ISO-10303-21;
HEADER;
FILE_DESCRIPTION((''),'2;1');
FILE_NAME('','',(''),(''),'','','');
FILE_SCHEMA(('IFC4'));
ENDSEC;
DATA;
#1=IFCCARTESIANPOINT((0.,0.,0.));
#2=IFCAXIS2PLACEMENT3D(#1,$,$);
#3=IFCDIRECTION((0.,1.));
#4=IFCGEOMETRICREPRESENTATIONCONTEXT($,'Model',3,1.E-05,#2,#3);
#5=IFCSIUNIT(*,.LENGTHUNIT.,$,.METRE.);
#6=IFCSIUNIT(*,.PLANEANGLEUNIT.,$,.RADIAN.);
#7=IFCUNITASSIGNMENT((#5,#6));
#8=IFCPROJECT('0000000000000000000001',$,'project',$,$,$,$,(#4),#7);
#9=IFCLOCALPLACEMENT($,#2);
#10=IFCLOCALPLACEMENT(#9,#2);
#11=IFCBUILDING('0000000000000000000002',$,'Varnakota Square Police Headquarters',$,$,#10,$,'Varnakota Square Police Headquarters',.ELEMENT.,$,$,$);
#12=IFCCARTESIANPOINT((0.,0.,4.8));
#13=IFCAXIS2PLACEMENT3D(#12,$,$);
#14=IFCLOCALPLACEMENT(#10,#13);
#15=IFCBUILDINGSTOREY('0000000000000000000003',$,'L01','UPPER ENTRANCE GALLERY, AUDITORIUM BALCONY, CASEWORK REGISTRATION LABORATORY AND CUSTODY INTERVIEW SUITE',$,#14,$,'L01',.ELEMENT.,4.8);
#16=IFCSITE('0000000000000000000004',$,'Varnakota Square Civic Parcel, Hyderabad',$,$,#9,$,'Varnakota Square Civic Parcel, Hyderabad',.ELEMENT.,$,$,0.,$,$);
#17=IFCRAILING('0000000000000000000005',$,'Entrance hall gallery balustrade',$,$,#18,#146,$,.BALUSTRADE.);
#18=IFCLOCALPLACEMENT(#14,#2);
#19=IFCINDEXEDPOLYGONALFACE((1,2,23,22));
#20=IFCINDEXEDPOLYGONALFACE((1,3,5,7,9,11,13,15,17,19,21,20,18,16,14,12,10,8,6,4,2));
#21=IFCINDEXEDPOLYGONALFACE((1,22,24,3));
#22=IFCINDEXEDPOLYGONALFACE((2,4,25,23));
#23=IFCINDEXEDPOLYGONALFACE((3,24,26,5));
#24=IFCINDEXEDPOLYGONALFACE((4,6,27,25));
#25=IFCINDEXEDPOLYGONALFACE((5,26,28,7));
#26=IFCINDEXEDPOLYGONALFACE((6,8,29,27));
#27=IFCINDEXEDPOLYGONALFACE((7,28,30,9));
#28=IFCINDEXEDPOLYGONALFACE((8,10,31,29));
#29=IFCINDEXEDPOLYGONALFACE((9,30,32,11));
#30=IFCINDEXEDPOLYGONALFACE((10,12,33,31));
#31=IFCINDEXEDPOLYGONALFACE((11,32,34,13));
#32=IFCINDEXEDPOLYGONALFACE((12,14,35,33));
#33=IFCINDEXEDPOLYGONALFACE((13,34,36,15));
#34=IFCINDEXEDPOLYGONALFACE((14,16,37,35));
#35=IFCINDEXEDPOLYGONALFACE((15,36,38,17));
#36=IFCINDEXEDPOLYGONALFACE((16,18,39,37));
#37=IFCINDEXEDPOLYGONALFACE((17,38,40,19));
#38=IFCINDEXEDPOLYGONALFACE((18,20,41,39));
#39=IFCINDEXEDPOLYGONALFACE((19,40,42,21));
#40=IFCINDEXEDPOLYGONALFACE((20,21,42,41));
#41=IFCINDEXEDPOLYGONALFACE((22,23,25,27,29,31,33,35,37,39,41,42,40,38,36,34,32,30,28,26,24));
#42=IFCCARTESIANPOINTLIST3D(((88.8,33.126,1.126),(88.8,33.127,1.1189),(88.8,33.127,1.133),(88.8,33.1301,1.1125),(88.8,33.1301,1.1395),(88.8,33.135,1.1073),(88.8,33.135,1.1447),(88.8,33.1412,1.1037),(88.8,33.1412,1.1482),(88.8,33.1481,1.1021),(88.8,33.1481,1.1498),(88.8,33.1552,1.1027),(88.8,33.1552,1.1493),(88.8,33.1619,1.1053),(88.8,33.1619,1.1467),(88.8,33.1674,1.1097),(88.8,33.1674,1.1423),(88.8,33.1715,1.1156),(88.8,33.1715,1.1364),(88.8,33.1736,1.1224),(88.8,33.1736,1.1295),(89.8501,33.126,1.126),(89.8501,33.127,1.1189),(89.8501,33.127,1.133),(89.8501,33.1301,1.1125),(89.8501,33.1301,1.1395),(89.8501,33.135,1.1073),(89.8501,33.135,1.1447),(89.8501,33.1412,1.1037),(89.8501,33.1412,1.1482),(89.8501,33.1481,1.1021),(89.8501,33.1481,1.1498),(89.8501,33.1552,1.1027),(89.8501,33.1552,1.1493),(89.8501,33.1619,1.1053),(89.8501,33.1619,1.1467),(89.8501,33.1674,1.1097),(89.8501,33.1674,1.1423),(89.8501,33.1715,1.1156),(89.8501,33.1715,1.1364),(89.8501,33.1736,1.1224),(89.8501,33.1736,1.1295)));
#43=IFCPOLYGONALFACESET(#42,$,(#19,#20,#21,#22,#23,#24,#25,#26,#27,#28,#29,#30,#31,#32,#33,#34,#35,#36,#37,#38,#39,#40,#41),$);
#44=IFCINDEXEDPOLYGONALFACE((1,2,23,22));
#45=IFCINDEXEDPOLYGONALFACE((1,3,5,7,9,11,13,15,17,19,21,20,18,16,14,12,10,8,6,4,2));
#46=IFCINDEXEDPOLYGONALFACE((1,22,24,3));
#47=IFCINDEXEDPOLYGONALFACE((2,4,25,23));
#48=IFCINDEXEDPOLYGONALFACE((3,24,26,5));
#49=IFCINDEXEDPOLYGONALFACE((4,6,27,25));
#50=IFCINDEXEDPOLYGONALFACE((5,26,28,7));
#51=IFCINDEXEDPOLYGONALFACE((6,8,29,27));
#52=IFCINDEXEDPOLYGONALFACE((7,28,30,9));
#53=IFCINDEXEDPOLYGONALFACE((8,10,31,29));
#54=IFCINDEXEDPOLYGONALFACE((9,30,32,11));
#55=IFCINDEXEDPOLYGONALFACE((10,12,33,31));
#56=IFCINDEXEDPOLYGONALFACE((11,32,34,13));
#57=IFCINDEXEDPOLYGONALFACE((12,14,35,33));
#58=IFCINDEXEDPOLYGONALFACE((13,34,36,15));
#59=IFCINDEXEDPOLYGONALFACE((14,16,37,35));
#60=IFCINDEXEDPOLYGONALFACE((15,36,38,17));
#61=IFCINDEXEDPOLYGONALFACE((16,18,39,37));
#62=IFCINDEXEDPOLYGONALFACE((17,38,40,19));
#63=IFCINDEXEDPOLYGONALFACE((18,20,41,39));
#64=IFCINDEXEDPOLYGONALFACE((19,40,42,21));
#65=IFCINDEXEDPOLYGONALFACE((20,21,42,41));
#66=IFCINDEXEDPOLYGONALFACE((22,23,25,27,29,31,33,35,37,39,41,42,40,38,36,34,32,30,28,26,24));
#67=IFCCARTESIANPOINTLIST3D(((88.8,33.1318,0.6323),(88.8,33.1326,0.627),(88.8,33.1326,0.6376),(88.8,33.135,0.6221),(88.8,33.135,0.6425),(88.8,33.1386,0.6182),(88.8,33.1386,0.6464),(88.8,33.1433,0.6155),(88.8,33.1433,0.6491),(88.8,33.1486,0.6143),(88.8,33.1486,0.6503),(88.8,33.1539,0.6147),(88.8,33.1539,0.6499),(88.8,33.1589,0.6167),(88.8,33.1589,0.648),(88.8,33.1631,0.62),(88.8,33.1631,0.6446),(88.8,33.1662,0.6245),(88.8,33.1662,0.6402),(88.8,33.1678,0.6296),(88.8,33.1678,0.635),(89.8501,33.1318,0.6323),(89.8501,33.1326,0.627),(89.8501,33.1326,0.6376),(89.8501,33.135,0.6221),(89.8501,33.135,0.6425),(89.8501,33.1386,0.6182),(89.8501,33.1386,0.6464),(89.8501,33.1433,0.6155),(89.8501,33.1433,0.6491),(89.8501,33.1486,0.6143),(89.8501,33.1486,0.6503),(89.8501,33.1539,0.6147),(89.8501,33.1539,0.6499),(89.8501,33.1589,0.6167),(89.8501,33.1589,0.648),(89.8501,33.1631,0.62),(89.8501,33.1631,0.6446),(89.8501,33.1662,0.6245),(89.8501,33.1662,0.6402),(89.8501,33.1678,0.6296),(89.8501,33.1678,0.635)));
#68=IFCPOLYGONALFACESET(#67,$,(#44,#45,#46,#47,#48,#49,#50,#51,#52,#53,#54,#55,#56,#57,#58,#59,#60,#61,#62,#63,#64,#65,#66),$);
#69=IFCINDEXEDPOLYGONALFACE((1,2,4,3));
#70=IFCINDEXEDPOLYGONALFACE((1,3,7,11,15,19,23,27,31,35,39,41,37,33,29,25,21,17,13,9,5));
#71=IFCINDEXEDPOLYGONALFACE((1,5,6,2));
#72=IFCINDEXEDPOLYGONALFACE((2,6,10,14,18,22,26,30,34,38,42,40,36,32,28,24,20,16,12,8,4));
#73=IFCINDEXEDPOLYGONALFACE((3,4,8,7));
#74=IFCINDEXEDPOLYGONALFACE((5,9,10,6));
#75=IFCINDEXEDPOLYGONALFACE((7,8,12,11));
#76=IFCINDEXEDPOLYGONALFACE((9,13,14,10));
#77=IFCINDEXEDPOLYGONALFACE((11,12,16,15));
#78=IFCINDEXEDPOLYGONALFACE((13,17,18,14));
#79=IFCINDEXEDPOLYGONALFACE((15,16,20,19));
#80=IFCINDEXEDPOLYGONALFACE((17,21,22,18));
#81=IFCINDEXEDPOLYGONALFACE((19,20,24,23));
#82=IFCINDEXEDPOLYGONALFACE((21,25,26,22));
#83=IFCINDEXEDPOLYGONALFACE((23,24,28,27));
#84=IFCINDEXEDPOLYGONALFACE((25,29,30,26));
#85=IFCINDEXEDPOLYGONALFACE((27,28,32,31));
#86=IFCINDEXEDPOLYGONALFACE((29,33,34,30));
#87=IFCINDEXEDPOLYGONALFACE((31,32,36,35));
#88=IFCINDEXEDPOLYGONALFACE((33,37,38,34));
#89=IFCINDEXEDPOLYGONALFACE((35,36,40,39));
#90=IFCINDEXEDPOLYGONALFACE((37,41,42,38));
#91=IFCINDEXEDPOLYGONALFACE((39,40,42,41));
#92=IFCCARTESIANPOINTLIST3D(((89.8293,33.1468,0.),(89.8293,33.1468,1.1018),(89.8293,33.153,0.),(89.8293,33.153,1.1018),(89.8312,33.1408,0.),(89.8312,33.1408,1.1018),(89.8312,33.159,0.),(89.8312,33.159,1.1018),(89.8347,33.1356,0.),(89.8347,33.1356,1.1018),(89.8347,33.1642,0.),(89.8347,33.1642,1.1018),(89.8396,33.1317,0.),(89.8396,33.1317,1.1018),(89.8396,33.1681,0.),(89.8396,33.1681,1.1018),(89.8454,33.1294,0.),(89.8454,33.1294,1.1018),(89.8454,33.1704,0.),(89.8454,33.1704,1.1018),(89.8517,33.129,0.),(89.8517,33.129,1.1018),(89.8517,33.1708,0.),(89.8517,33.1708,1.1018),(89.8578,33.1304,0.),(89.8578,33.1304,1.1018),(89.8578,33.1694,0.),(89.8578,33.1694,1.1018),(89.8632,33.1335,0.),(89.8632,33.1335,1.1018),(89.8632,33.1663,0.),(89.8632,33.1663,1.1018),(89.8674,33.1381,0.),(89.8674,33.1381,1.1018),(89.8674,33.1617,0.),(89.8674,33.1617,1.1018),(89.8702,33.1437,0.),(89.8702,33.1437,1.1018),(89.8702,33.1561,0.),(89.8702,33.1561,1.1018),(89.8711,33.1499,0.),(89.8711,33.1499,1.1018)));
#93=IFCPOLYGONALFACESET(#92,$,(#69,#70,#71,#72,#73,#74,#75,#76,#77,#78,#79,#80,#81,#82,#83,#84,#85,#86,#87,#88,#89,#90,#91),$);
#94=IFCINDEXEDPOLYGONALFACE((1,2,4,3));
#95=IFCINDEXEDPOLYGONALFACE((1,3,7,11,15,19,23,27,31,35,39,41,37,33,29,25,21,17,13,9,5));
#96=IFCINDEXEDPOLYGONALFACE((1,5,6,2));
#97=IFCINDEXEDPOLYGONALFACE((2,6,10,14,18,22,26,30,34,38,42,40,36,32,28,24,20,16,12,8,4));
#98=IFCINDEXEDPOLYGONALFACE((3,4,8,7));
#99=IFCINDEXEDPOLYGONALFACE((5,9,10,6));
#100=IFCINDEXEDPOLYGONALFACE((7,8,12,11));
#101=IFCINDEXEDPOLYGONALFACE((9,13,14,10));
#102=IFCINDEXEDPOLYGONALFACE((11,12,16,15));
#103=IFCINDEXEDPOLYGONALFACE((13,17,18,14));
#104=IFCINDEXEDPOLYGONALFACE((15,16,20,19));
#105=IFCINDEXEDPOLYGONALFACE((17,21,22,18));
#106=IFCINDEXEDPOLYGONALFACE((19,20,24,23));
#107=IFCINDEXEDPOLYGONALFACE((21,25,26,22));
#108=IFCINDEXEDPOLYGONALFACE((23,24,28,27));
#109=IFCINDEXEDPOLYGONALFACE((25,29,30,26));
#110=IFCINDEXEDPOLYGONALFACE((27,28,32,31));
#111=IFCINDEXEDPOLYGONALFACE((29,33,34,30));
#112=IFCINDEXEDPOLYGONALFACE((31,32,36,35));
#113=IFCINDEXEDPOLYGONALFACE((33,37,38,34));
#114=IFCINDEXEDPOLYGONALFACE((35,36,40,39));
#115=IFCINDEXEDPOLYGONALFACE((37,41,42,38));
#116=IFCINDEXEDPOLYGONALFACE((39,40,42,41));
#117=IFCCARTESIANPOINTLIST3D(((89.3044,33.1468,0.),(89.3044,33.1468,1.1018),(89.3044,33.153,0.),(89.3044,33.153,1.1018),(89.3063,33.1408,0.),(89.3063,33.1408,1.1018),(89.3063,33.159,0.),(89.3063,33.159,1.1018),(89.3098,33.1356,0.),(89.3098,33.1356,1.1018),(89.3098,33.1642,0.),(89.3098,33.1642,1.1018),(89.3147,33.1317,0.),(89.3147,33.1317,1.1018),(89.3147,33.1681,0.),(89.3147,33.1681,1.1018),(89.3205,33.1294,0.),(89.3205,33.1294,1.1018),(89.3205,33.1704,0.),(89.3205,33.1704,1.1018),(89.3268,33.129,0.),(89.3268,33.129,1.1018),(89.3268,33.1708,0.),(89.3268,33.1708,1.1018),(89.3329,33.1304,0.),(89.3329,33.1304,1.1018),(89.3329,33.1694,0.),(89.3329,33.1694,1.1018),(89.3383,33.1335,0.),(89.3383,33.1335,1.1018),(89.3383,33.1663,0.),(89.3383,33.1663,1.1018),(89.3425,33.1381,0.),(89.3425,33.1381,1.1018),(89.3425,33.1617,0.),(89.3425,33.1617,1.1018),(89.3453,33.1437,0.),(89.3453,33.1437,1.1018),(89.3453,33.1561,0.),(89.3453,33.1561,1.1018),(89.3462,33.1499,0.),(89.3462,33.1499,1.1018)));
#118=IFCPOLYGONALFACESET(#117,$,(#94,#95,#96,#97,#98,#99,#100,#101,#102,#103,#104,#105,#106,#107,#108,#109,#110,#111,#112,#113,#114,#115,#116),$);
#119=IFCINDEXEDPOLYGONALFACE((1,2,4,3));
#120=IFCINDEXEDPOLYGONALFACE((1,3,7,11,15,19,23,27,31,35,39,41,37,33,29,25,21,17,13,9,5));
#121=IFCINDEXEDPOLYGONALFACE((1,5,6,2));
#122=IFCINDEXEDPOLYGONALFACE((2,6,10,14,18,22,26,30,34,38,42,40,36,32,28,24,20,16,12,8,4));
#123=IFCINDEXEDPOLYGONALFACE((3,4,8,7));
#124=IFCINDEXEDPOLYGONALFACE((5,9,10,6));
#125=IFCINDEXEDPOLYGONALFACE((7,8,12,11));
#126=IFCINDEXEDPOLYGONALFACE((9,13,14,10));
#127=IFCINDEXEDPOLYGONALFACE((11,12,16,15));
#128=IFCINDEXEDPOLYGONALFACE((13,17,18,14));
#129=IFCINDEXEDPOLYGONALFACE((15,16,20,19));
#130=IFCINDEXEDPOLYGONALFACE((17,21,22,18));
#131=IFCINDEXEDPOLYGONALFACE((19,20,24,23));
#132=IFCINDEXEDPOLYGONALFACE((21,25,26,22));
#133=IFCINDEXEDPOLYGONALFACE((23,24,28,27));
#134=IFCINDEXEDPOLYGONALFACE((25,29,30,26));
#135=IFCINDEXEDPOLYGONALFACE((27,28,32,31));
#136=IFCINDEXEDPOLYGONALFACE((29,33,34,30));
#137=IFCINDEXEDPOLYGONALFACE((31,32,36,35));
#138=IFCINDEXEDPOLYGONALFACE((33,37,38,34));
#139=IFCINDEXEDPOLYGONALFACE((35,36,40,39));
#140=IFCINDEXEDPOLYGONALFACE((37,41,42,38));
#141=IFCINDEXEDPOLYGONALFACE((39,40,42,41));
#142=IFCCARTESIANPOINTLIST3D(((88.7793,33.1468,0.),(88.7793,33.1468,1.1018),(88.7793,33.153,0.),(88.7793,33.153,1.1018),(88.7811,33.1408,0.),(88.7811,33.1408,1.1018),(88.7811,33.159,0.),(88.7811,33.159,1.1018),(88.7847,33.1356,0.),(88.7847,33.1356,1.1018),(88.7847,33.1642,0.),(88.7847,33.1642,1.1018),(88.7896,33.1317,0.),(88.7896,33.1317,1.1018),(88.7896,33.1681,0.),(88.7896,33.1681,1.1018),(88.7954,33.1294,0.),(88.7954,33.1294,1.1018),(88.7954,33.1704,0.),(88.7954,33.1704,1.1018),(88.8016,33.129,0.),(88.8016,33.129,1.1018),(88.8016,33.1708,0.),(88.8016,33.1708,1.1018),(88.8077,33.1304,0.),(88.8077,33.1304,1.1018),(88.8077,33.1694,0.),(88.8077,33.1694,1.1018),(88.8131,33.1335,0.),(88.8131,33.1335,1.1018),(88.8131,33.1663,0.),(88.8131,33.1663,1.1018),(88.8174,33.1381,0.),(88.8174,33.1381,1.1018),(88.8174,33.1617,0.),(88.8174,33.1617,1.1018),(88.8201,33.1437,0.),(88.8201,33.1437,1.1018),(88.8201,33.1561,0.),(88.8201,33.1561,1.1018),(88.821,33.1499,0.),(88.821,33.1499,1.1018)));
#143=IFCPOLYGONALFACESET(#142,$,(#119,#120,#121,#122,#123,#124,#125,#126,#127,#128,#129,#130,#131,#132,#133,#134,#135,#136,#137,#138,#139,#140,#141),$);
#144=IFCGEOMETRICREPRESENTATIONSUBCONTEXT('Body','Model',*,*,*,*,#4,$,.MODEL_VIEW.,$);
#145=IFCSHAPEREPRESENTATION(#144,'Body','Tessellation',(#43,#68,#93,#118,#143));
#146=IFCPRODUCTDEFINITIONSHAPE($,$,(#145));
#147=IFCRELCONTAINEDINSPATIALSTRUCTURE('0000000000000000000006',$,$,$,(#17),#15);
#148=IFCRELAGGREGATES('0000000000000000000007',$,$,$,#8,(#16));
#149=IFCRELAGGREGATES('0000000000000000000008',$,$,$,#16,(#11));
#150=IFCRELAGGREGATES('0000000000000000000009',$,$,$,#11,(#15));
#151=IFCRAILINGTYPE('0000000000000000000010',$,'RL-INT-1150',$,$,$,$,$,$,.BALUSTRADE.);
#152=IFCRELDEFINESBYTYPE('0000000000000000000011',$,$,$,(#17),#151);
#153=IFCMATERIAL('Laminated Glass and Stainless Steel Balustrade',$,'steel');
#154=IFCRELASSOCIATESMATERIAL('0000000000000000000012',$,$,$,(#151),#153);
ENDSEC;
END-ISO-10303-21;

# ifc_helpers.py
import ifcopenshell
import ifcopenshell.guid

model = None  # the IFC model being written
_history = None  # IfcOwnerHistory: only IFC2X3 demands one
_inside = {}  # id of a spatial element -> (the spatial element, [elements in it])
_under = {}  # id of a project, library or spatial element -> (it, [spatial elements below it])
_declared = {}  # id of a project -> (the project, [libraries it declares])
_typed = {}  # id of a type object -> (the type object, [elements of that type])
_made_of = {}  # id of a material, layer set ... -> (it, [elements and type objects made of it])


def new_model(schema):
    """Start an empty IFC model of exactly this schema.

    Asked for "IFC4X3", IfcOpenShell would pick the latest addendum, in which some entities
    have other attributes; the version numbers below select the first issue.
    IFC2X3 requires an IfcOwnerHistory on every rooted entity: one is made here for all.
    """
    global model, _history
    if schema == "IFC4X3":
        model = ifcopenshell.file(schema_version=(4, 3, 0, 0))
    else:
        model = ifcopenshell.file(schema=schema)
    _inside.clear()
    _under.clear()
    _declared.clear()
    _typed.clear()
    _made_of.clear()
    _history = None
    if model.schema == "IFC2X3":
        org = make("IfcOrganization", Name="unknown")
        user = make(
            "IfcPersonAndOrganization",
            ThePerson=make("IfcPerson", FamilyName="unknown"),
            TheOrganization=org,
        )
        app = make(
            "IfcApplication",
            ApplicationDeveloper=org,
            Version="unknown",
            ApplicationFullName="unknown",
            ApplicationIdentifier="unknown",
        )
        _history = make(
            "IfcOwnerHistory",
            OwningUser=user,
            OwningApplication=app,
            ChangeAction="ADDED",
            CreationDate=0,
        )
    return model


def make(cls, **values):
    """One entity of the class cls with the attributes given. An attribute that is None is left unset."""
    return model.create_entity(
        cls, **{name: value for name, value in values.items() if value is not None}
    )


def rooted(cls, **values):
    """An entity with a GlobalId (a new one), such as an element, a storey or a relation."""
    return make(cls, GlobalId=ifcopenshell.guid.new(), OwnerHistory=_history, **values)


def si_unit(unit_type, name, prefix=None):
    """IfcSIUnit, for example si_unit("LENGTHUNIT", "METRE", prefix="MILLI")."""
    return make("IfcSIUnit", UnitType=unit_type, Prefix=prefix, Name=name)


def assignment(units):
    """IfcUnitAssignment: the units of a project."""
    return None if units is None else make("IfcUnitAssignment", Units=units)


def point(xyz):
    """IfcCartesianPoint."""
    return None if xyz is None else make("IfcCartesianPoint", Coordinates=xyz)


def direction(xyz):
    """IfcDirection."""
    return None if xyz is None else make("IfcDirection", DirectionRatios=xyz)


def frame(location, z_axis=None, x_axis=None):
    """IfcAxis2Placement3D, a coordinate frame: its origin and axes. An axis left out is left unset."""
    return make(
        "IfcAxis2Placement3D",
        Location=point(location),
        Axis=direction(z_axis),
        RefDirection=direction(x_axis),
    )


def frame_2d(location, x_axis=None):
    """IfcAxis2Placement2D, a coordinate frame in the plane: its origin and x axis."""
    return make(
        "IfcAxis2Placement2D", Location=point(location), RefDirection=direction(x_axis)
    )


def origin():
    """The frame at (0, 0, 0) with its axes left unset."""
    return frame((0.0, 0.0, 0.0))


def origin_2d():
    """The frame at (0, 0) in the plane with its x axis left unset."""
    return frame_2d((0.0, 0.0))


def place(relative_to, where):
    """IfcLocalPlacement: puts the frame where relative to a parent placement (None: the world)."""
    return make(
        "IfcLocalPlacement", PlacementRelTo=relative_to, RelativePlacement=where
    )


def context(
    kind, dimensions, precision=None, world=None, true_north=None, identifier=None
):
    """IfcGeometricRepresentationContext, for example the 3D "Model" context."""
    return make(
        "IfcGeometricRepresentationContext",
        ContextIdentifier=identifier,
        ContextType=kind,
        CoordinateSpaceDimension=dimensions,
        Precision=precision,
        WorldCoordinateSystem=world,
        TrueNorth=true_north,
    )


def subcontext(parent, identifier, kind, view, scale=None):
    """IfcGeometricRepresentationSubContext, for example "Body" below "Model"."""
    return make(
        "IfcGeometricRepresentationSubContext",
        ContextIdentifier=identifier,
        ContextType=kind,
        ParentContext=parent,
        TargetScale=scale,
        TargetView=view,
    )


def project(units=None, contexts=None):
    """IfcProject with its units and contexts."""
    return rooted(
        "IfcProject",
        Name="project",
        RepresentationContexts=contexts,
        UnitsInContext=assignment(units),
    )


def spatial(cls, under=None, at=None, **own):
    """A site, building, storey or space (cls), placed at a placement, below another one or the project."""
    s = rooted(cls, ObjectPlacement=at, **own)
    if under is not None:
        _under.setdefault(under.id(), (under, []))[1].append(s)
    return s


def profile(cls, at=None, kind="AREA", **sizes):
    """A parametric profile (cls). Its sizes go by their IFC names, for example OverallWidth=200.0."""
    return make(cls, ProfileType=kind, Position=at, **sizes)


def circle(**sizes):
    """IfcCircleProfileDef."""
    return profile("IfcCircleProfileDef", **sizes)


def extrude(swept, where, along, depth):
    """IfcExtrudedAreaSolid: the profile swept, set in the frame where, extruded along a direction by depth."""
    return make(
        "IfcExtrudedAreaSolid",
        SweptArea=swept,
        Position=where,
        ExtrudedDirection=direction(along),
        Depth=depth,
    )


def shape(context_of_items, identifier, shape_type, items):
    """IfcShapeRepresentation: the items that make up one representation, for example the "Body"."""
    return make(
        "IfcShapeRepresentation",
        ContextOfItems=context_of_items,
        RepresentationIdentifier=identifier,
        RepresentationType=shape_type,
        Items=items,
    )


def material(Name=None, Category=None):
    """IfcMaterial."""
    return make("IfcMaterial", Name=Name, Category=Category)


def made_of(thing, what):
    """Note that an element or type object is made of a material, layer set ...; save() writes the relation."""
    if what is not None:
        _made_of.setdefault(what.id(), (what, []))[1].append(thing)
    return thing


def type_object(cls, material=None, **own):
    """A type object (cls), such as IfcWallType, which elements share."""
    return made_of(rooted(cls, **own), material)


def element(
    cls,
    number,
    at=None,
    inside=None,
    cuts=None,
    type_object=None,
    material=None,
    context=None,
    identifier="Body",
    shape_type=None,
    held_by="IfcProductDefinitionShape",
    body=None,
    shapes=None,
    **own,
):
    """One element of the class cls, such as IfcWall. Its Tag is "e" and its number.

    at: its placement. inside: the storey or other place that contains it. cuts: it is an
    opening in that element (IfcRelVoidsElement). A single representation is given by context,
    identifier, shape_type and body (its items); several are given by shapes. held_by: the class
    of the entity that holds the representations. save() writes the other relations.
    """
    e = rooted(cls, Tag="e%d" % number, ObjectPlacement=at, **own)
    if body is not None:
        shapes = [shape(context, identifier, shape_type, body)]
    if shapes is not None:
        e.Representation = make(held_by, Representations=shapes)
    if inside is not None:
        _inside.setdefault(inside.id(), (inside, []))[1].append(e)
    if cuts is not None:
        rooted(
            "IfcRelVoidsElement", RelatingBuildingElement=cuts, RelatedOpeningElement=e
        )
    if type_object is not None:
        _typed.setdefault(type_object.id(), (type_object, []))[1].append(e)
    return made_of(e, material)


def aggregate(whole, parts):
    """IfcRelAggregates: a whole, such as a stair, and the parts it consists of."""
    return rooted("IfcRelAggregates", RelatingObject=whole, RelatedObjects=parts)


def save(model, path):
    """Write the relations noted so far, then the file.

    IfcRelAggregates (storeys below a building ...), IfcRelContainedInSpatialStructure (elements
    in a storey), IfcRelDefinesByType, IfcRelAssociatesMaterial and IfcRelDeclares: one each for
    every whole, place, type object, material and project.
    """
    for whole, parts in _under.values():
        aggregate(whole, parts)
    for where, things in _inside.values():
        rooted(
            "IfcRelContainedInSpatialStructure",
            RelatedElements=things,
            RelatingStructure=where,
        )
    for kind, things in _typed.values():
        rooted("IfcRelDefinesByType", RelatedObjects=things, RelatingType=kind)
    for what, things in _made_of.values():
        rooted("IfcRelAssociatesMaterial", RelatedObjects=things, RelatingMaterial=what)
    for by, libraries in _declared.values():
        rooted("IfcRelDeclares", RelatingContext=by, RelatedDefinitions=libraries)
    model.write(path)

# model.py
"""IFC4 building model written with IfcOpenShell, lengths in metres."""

from ifc_helpers import new_model, si_unit, direction, frame, origin, origin_2d, place, context, subcontext, project, spatial, circle, extrude, material, type_object, element, save


model = new_model("IFC4")

# Units and contexts
model_context = context("Model", 3, precision=1e-05, world=origin(), true_north=direction((0.0, 1.0)))
body_context = subcontext(model_context, "Body", "Model", "MODEL_VIEW")
ifc_project = project(units=[si_unit("LENGTHUNIT", "METRE"), si_unit("PLANEANGLEUNIT", "RADIAN")], contexts=[model_context])

# Site, building, storey
site_placement = place(None, origin())
site = spatial("IfcSite", under=ifc_project, at=site_placement, Name="Varnakota Square Civic Parcel, Hyderabad", LongName="Varnakota Square Civic Parcel, Hyderabad", CompositionType="ELEMENT", RefElevation=0.0)
building_placement = place(site_placement, origin())
building = spatial("IfcBuilding", under=site, at=building_placement, Name="Varnakota Square Police Headquarters", LongName="Varnakota Square Police Headquarters", CompositionType="ELEMENT")
storey_placement = place(building_placement, frame((0.0, 0.0, 4.8)))
storey = spatial("IfcBuildingStorey", under=building, at=storey_placement, Name="L01", Description="UPPER ENTRANCE GALLERY, AUDITORIUM BALCONY, CASEWORK REGISTRATION LABORATORY AND CUSTODY INTERVIEW SUITE", LongName="L01", CompositionType="ELEMENT", Elevation=4.8)

# Railing
ifc_material_1 = material(Name="Laminated Glass and Stainless Steel Balustrade", Category="steel")
railing_type_1 = type_object("IfcRailingType", Name="RL-INT-1150", PredefinedType="BALUSTRADE", material=ifc_material_1)
railing_1_placement = place(storey_placement, frame((89.8501, 33.1499, 0.0)))
element("IfcRailing", 1, at=railing_1_placement, inside=storey, type_object=railing_type_1, Name="Entrance hall gallery balustrade", PredefinedType="BALUSTRADE", context=body_context, shape_type="SweptSolid", body=[
    extrude(circle(Radius=0.0239, at=origin_2d()), frame((0.0, 0.0, 1.126), z_axis=(-1.0, 0.0, 0.0), x_axis=(0.0, -1.0, 0.0)), (0.0, 0.0, 1.0), 1.05),
    extrude(circle(Radius=0.0181, at=origin_2d()), frame((0.0, 0.0, 0.6323), z_axis=(-1.0, 0.0, 0.0), x_axis=(0.0, -1.0, 0.0)), (0.0, 0.0, 1.0), 1.05),
    extrude(circle(Radius=0.021, at=origin_2d()), origin(), (0.0, 0.0, 1.0), 1.1018),
    extrude(circle(Radius=0.021, at=origin_2d()), frame((-0.5249, 0.0, 0.0)), (0.0, 0.0, 1.0), 1.1018),
    extrude(circle(Radius=0.021, at=origin_2d()), frame((-1.05, 0.0, 0.0)), (0.0, 0.0, 1.0), 1.1018),
])

save(model, "model.ifc")
